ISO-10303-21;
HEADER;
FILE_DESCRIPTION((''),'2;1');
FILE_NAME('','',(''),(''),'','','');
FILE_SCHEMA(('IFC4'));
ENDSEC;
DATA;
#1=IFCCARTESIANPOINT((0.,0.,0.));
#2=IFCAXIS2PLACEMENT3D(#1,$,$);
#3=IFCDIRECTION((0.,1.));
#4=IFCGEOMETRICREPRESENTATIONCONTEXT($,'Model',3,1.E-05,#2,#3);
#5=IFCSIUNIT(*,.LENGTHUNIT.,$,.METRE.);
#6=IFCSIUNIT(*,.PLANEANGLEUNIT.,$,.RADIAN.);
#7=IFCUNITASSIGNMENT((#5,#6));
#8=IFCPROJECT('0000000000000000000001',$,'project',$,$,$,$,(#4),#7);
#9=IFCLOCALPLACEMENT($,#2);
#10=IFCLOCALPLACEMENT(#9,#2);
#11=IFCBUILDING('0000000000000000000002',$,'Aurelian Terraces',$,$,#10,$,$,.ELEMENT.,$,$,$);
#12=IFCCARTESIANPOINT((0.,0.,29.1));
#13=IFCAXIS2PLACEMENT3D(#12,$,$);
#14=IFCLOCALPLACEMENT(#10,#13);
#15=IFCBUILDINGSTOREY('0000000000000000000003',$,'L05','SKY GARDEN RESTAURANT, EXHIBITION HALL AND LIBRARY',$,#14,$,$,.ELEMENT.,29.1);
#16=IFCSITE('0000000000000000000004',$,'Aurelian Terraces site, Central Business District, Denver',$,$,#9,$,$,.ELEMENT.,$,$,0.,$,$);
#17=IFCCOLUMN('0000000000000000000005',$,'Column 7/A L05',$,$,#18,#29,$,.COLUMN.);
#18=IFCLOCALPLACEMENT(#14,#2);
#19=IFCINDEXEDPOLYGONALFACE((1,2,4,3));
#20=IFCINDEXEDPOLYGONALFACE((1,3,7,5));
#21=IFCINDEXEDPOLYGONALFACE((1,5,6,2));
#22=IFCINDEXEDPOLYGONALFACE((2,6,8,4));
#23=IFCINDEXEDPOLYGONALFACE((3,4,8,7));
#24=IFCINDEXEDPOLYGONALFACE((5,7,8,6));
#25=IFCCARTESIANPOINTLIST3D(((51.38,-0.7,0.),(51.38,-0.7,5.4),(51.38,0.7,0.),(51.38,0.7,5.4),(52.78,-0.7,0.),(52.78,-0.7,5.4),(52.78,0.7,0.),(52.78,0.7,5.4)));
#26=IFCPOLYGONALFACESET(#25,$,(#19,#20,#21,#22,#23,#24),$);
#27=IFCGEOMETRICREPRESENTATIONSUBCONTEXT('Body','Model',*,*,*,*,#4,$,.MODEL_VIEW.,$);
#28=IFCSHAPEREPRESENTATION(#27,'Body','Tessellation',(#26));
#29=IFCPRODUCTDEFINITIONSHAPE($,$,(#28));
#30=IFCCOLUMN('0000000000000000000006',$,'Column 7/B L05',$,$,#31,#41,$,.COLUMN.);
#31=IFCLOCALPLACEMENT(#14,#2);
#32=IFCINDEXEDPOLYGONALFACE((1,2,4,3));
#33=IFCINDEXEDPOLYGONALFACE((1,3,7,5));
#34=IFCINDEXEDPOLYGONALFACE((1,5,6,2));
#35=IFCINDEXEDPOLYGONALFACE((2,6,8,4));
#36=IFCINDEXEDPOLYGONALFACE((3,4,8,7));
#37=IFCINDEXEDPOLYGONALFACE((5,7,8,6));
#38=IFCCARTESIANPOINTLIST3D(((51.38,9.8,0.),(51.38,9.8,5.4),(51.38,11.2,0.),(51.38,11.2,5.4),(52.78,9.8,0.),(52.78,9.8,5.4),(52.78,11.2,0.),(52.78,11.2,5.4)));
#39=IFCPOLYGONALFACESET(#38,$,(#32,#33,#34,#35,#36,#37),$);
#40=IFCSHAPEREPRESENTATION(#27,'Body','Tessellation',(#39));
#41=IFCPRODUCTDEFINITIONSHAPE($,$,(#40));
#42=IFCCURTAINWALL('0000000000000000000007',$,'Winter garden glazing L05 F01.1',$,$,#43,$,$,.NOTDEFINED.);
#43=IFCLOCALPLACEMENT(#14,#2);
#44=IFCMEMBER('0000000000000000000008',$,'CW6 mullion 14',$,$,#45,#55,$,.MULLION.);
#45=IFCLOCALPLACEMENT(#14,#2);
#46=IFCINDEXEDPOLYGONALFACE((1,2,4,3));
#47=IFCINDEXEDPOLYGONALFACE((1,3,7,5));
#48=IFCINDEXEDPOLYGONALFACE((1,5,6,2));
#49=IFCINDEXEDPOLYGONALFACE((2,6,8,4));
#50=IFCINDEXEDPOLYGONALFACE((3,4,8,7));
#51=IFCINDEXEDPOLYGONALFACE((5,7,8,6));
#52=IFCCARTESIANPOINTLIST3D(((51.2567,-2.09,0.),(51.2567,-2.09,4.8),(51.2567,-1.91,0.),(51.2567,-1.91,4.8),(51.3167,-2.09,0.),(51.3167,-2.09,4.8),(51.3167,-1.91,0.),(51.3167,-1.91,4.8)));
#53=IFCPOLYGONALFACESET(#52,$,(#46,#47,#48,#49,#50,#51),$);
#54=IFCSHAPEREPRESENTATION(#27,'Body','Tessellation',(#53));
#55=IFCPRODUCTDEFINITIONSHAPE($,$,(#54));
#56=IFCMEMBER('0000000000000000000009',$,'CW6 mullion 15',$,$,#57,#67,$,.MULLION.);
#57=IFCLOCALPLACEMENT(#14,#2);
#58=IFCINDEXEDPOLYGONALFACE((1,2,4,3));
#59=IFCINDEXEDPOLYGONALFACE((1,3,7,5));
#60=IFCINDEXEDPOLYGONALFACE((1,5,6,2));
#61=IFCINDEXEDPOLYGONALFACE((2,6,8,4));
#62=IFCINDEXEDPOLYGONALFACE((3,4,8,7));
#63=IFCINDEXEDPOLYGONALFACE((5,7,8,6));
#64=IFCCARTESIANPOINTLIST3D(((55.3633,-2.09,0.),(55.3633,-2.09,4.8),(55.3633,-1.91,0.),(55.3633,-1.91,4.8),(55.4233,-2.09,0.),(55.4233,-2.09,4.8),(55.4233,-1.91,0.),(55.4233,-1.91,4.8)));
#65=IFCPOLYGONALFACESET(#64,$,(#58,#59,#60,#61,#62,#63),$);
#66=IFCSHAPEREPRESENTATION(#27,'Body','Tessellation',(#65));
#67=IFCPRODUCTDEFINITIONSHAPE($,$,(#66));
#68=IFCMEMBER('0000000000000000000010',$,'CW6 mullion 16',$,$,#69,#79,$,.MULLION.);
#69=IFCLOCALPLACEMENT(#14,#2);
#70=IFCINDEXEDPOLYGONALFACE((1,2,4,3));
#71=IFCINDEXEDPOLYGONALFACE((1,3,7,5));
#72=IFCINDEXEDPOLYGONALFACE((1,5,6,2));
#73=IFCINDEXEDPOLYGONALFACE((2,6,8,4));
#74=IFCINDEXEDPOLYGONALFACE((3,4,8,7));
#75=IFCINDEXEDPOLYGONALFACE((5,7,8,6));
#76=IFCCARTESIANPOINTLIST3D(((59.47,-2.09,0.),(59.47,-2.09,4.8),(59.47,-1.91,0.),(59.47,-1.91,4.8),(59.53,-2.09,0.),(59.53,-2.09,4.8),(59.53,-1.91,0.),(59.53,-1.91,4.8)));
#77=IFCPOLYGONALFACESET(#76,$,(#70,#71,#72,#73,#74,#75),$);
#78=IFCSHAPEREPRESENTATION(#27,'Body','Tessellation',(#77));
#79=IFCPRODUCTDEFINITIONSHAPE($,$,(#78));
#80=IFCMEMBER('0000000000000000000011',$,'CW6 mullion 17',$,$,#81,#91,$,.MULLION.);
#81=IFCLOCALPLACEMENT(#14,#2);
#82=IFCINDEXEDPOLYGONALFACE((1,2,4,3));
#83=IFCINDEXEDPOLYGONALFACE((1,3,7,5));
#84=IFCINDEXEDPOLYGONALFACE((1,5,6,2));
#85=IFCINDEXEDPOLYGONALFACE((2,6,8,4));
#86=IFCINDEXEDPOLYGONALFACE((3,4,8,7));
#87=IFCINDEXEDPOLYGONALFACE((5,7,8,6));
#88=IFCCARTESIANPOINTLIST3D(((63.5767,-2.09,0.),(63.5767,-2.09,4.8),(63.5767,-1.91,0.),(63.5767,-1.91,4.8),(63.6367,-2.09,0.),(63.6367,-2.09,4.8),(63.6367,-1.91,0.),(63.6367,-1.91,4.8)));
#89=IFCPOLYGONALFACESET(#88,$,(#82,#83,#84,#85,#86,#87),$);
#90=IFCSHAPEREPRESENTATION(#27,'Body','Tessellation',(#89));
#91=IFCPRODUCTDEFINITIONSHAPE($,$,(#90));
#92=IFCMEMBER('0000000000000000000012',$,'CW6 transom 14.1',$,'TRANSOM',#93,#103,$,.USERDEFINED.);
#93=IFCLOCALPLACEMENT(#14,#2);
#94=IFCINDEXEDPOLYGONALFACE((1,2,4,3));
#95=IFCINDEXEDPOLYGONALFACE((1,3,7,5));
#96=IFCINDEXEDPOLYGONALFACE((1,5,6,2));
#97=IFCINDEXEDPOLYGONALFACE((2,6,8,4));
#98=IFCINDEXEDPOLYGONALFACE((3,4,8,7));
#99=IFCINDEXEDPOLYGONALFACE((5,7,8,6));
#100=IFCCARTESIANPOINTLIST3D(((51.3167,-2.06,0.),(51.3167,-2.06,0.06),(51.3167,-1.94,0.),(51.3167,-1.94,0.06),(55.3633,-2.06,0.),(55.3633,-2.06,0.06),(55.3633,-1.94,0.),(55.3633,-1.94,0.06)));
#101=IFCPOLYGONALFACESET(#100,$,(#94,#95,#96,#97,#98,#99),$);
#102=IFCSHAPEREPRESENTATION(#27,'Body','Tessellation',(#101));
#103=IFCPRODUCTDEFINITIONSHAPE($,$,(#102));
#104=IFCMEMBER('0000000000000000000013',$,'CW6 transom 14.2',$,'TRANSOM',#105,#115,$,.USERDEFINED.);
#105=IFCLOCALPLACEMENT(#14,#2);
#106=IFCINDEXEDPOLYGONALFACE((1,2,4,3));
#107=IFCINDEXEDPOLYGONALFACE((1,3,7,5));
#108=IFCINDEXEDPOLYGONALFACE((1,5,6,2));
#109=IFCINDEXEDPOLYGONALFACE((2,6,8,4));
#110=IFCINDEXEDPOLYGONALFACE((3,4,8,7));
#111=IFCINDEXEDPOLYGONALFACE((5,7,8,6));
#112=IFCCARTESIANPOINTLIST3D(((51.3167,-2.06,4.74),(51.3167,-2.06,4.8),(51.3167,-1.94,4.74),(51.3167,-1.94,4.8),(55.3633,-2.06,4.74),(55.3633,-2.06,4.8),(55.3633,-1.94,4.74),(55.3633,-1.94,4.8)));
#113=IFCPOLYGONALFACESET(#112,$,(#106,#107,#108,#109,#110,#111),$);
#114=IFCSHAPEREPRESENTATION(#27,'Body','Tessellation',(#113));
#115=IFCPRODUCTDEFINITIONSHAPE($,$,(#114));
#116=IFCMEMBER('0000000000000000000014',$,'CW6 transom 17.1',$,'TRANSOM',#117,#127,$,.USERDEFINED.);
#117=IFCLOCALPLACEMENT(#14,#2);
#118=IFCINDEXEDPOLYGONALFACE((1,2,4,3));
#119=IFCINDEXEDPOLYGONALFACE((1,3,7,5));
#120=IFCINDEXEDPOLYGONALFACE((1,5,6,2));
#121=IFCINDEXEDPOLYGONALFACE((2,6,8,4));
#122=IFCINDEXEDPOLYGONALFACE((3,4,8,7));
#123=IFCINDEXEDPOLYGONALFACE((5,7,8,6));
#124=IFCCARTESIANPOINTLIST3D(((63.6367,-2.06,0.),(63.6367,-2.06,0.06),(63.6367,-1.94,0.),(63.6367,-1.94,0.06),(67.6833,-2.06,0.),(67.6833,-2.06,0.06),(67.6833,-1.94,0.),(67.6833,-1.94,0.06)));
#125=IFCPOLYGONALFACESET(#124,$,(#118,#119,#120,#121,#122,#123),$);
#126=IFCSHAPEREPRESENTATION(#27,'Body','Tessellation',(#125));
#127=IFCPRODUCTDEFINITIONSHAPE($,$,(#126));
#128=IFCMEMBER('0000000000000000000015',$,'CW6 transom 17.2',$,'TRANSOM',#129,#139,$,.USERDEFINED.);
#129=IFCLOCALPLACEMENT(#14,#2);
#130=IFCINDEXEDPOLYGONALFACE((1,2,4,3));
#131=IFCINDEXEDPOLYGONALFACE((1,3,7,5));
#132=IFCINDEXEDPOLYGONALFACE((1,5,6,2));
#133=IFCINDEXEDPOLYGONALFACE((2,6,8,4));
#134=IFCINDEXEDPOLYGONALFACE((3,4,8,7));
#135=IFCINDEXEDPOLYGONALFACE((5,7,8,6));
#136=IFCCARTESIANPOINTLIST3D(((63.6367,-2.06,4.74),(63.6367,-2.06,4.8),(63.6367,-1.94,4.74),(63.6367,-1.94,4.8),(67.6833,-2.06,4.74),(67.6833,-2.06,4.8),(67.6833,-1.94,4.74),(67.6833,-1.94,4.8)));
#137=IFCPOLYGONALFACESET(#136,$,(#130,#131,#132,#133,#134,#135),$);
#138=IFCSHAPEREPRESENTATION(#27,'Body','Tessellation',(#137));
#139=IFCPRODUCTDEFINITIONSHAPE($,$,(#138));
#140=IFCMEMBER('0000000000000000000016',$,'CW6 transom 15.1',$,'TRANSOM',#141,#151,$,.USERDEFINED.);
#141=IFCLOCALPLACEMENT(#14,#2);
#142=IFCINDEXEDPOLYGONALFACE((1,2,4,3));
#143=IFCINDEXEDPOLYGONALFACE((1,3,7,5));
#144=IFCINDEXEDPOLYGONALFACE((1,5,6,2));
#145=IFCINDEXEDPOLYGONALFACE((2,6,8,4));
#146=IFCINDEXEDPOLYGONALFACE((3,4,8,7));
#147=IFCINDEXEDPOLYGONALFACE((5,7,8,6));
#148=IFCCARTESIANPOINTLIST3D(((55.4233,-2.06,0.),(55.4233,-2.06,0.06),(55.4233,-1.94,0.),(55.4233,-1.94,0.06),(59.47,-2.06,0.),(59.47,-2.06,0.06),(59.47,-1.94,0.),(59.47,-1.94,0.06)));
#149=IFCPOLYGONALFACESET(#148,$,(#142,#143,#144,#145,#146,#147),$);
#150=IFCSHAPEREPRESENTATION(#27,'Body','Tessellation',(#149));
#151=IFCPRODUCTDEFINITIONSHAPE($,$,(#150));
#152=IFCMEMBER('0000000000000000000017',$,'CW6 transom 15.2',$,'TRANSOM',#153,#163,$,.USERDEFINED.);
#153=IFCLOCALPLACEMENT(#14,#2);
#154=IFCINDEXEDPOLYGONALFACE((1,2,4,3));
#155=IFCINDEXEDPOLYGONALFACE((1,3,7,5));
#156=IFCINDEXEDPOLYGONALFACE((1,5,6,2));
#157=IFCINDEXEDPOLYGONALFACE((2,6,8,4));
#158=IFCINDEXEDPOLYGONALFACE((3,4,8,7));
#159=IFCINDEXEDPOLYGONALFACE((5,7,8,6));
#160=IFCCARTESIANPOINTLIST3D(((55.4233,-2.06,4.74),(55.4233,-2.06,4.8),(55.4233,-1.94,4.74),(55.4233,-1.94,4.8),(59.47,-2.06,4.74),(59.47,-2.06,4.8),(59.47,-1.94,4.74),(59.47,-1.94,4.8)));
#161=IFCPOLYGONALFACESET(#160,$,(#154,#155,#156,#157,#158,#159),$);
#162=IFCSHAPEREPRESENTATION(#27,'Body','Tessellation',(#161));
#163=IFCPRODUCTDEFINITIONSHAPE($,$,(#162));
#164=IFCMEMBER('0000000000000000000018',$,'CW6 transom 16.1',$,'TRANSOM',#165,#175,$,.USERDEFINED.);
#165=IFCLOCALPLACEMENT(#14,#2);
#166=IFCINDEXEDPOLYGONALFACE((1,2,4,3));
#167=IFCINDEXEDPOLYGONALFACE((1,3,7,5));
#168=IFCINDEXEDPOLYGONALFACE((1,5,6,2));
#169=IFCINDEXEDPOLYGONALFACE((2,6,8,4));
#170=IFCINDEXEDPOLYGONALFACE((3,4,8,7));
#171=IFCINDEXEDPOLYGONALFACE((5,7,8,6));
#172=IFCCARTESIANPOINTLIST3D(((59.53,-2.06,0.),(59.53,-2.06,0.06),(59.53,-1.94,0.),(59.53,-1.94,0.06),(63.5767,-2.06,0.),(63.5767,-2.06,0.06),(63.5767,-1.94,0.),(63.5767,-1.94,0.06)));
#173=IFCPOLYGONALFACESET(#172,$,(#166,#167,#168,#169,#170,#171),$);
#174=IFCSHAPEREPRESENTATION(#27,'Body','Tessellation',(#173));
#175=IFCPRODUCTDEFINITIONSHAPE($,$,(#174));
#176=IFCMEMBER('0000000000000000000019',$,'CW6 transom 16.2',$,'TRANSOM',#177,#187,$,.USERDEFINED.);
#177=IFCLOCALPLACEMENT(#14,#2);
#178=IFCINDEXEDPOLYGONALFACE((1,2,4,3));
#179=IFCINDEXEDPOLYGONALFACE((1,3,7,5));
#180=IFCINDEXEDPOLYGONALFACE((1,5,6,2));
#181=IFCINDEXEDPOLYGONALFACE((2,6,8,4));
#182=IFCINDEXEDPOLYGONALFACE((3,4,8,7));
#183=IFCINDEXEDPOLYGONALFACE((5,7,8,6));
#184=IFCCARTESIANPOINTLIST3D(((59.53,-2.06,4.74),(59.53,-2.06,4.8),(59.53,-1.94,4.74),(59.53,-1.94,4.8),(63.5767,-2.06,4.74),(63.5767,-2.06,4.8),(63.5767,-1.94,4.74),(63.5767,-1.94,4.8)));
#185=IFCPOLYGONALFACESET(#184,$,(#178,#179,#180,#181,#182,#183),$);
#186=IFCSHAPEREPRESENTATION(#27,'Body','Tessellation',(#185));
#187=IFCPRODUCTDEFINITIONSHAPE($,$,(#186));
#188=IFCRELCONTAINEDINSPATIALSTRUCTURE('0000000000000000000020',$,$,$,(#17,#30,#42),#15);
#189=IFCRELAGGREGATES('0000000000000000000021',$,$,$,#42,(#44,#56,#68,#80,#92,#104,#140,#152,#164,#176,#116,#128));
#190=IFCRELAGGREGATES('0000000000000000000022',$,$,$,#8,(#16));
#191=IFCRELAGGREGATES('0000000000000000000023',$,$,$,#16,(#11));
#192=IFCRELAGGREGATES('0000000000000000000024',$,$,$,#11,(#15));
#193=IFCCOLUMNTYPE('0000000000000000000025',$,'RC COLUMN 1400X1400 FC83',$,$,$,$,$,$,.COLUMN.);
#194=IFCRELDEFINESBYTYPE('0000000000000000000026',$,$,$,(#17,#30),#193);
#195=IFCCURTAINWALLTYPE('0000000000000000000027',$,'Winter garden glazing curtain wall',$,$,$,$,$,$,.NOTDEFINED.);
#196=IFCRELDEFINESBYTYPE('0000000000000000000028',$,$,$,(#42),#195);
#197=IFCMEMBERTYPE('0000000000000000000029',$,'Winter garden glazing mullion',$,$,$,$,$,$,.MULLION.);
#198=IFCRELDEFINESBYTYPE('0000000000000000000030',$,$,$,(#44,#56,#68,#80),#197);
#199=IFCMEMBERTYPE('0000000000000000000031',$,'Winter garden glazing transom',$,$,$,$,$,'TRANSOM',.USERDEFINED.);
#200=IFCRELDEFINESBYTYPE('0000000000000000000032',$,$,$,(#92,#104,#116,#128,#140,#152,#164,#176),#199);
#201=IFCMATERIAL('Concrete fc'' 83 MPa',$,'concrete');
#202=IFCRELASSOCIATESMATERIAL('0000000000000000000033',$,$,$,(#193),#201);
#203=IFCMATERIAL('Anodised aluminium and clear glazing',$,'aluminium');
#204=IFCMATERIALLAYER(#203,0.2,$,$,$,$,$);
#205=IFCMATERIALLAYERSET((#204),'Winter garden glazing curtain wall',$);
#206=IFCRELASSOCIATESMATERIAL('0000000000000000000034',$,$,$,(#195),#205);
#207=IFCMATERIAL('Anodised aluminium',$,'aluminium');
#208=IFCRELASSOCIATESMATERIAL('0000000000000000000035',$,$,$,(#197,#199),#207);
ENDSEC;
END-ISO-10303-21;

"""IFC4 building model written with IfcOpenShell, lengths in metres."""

from ifc_helpers import new_model, si_unit, direction, frame, origin, origin_2d, place, context, subcontext, project, spatial, rectangle, extrude, source, transform, mapped, material, layer, layer_set, material_profile, profile_set, type_object, element, aggregate, save


model = new_model("IFC4")

# Units and contexts
model_context = context("Model", 3, precision=1e-05, world=origin(), true_north=direction((0.0, 1.0)))
body_context = subcontext(model_context, "Body", "Model", "MODEL_VIEW")
ifc_project = project(units=[si_unit("LENGTHUNIT", "METRE"), si_unit("PLANEANGLEUNIT", "RADIAN")], contexts=[model_context])

# Site, building, storey
site_placement = place(None, origin())
site = spatial("IfcSite", under=ifc_project, at=site_placement, Name="Aurelian Terraces site, Central Business District, Denver", CompositionType="ELEMENT", RefElevation=0.0)
building_placement = place(site_placement, origin())
building = spatial("IfcBuilding", under=site, at=building_placement, Name="Aurelian Terraces", CompositionType="ELEMENT")
storey_placement = place(building_placement, frame((0.0, 0.0, 29.1)))
storey = spatial("IfcBuildingStorey", under=building, at=storey_placement, Name="L05", Description="SKY GARDEN RESTAURANT, EXHIBITION HALL AND LIBRARY", CompositionType="ELEMENT", Elevation=29.1)

# Columns
ifc_material_1 = material(Name="Concrete fc' 83 MPa", Category="concrete")
ifc_material_profile_1 = material_profile(ifc_material_1, rectangle(XDim=1.4, YDim=1.4, at=origin_2d()))
ifc_profile_set_1 = profile_set([ifc_material_profile_1], Name="Concrete fc' 83 MPa")
column_type = type_object("IfcColumnType", Name="RC COLUMN 1400X1400 FC83", PredefinedType="COLUMN", material=ifc_profile_set_1)
shared_shape_1 = source(origin(), body_context, "Body", "SweptSolid", [
    extrude(rectangle(XDim=1.4, YDim=1.4, at=origin_2d()), origin(), (0.0, 0.0, 1.0), 5.4),
])
for number, where, z_axis, x_axis, name in (
    (1, (52.08, 0.0, 0.0), (0.0, 0.0, 1.0), (1.0, 0.0, 0.0), "Column 7/A L05"),
    (2, (52.08, 10.5, 0.0), (0.0, 0.0, 1.0), (1.0, 0.0, 0.0), "Column 7/B L05"),
):
    element("IfcColumn", number, at=place(storey_placement, frame(where, z_axis=z_axis, x_axis=x_axis)), inside=storey, type_object=column_type, Name=name, PredefinedType="COLUMN", context=body_context, shape_type="MappedRepresentation", body=[
        mapped(shared_shape_1, transform((0.0, 0.0, 0.0), scale=1.0)),
    ])

# Curtain wall, members
ifc_material_2 = material(Name="Anodised aluminium and clear glazing", Category="aluminium")
ifc_layer_1 = layer(ifc_material_2, 0.2)
ifc_layer_set_1 = layer_set([ifc_layer_1], Name="Winter garden glazing curtain wall")
curtain_wall_type = type_object("IfcCurtainWallType", Name="Winter garden glazing curtain wall", PredefinedType="NOTDEFINED", material=ifc_layer_set_1)
curtain_wall_placement = place(storey_placement, origin())
curtain_wall = element("IfcCurtainWall", 3, at=curtain_wall_placement, inside=storey, type_object=curtain_wall_type, Name="Winter garden glazing L05 F01.1", PredefinedType="NOTDEFINED")
ifc_material_3 = material(Name="Anodised aluminium", Category="aluminium")
ifc_material_profile_2 = material_profile(ifc_material_3, rectangle(XDim=0.18, YDim=0.06, at=origin_2d()))
ifc_profile_set_2 = profile_set([ifc_material_profile_2], Name="Anodised aluminium")
member_type_1 = type_object("IfcMemberType", Name="Winter garden glazing mullion", PredefinedType="MULLION", material=ifc_profile_set_2)
shared_shape_2 = source(origin(), body_context, "Body", "SweptSolid", [
    extrude(rectangle(XDim=0.18, YDim=0.06, at=origin_2d()), origin(), (0.0, 0.0, 1.0), 4.8),
])
member_1_placement = place(storey_placement, frame((51.2867, -2.0, 0.0), z_axis=(0.0, 0.0, 1.0), x_axis=(0.0, 1.0, 0.0)))
member_1 = element("IfcMember", 4, at=member_1_placement, type_object=member_type_1, Name="CW6 mullion 14", PredefinedType="MULLION", context=body_context, shape_type="MappedRepresentation", body=[
    mapped(shared_shape_2, transform((0.0, 0.0, 0.0), scale=1.0)),
])
member_2_placement = place(storey_placement, frame((55.3933, -2.0, 0.0), z_axis=(0.0, 0.0, 1.0), x_axis=(0.0, 1.0, 0.0)))
member_2 = element("IfcMember", 5, at=member_2_placement, type_object=member_type_1, Name="CW6 mullion 15", PredefinedType="MULLION", context=body_context, shape_type="MappedRepresentation", body=[
    mapped(shared_shape_2, transform((0.0, 0.0, 0.0), scale=1.0)),
])
member_3_placement = place(storey_placement, frame((59.5, -2.0, 0.0), z_axis=(0.0, 0.0, 1.0), x_axis=(0.0, 1.0, 0.0)))
member_3 = element("IfcMember", 6, at=member_3_placement, type_object=member_type_1, Name="CW6 mullion 16", PredefinedType="MULLION", context=body_context, shape_type="MappedRepresentation", body=[
    mapped(shared_shape_2, transform((0.0, 0.0, 0.0), scale=1.0)),
])
member_4_placement = place(storey_placement, frame((63.6067, -2.0, 0.0), z_axis=(0.0, 0.0, 1.0), x_axis=(0.0, 1.0, 0.0)))
member_4 = element("IfcMember", 7, at=member_4_placement, type_object=member_type_1, Name="CW6 mullion 17", PredefinedType="MULLION", context=body_context, shape_type="MappedRepresentation", body=[
    mapped(shared_shape_2, transform((0.0, 0.0, 0.0), scale=1.0)),
])
ifc_material_profile_3 = material_profile(ifc_material_3, rectangle(XDim=0.12, YDim=0.06, at=origin_2d()))
ifc_profile_set_3 = profile_set([ifc_material_profile_3], Name="Anodised aluminium")
member_type_2 = type_object("IfcMemberType", Name="Winter garden glazing transom", ElementType="TRANSOM", PredefinedType="USERDEFINED", material=ifc_profile_set_3)
shared_shape_3 = source(origin(), body_context, "Body", "SweptSolid", [
    extrude(rectangle(XDim=0.12, YDim=0.06, at=origin_2d()), origin(), (0.0, 0.0, 1.0), 4.0466),
])
member_5_placement = place(storey_placement, frame((51.3167, -2.0, 0.03), z_axis=(1.0, 0.0, 0.0), x_axis=(0.0, 1.0, 0.0)))
member_5 = element("IfcMember", 8, at=member_5_placement, type_object=member_type_2, Name="CW6 transom 14.1", ObjectType="TRANSOM", PredefinedType="USERDEFINED", context=body_context, shape_type="MappedRepresentation", body=[
    mapped(shared_shape_3, transform((0.0, 0.0, 0.0), scale=1.0)),
])
member_6_placement = place(storey_placement, frame((51.3167, -2.0, 4.77), z_axis=(1.0, 0.0, 0.0), x_axis=(0.0, 1.0, 0.0)))
member_6 = element("IfcMember", 9, at=member_6_placement, type_object=member_type_2, Name="CW6 transom 14.2", ObjectType="TRANSOM", PredefinedType="USERDEFINED", context=body_context, shape_type="MappedRepresentation", body=[
    mapped(shared_shape_3, transform((0.0, 0.0, 0.0), scale=1.0)),
])
member_7_placement = place(storey_placement, frame((63.6367, -2.0, 0.03), z_axis=(1.0, 0.0, 0.0), x_axis=(0.0, 1.0, 0.0)))
member_7 = element("IfcMember", 10, at=member_7_placement, type_object=member_type_2, Name="CW6 transom 17.1", ObjectType="TRANSOM", PredefinedType="USERDEFINED", context=body_context, shape_type="MappedRepresentation", body=[
    mapped(shared_shape_3, transform((0.0, 0.0, 0.0), scale=1.0)),
])
member_8_placement = place(storey_placement, frame((63.6367, -2.0, 4.77), z_axis=(1.0, 0.0, 0.0), x_axis=(0.0, 1.0, 0.0)))
member_8 = element("IfcMember", 11, at=member_8_placement, type_object=member_type_2, Name="CW6 transom 17.2", ObjectType="TRANSOM", PredefinedType="USERDEFINED", context=body_context, shape_type="MappedRepresentation", body=[
    mapped(shared_shape_3, transform((0.0, 0.0, 0.0), scale=1.0)),
])
shared_shape_4 = source(origin(), body_context, "Body", "SweptSolid", [
    extrude(rectangle(XDim=0.12, YDim=0.06, at=origin_2d()), origin(), (0.0, 0.0, 1.0), 4.0467),
])
member_9_placement = place(storey_placement, frame((55.4233, -2.0, 0.03), z_axis=(1.0, 0.0, 0.0), x_axis=(0.0, 1.0, 0.0)))
member_9 = element("IfcMember", 12, at=member_9_placement, type_object=member_type_2, Name="CW6 transom 15.1", ObjectType="TRANSOM", PredefinedType="USERDEFINED", context=body_context, shape_type="MappedRepresentation", body=[
    mapped(shared_shape_4, transform((0.0, 0.0, 0.0), scale=1.0)),
])
member_10_placement = place(storey_placement, frame((55.4233, -2.0, 4.77), z_axis=(1.0, 0.0, 0.0), x_axis=(0.0, 1.0, 0.0)))
member_10 = element("IfcMember", 13, at=member_10_placement, type_object=member_type_2, Name="CW6 transom 15.2", ObjectType="TRANSOM", PredefinedType="USERDEFINED", context=body_context, shape_type="MappedRepresentation", body=[
    mapped(shared_shape_4, transform((0.0, 0.0, 0.0), scale=1.0)),
])
member_11_placement = place(storey_placement, frame((59.53, -2.0, 0.03), z_axis=(1.0, 0.0, 0.0), x_axis=(0.0, 1.0, 0.0)))
member_11 = element("IfcMember", 14, at=member_11_placement, type_object=member_type_2, Name="CW6 transom 16.1", ObjectType="TRANSOM", PredefinedType="USERDEFINED", context=body_context, shape_type="MappedRepresentation", body=[
    mapped(shared_shape_4, transform((0.0, 0.0, 0.0), scale=1.0)),
])
member_12_placement = place(storey_placement, frame((59.53, -2.0, 4.77), z_axis=(1.0, 0.0, 0.0), x_axis=(0.0, 1.0, 0.0)))
member_12 = element("IfcMember", 15, at=member_12_placement, type_object=member_type_2, Name="CW6 transom 16.2", ObjectType="TRANSOM", PredefinedType="USERDEFINED", context=body_context, shape_type="MappedRepresentation", body=[
    mapped(shared_shape_4, transform((0.0, 0.0, 0.0), scale=1.0)),
])
aggregate(curtain_wall, [member_1, member_2, member_3, member_4, member_5, member_6, member_9, member_10, member_11, member_12, member_7, member_8])

save(model, "model.ifc")
